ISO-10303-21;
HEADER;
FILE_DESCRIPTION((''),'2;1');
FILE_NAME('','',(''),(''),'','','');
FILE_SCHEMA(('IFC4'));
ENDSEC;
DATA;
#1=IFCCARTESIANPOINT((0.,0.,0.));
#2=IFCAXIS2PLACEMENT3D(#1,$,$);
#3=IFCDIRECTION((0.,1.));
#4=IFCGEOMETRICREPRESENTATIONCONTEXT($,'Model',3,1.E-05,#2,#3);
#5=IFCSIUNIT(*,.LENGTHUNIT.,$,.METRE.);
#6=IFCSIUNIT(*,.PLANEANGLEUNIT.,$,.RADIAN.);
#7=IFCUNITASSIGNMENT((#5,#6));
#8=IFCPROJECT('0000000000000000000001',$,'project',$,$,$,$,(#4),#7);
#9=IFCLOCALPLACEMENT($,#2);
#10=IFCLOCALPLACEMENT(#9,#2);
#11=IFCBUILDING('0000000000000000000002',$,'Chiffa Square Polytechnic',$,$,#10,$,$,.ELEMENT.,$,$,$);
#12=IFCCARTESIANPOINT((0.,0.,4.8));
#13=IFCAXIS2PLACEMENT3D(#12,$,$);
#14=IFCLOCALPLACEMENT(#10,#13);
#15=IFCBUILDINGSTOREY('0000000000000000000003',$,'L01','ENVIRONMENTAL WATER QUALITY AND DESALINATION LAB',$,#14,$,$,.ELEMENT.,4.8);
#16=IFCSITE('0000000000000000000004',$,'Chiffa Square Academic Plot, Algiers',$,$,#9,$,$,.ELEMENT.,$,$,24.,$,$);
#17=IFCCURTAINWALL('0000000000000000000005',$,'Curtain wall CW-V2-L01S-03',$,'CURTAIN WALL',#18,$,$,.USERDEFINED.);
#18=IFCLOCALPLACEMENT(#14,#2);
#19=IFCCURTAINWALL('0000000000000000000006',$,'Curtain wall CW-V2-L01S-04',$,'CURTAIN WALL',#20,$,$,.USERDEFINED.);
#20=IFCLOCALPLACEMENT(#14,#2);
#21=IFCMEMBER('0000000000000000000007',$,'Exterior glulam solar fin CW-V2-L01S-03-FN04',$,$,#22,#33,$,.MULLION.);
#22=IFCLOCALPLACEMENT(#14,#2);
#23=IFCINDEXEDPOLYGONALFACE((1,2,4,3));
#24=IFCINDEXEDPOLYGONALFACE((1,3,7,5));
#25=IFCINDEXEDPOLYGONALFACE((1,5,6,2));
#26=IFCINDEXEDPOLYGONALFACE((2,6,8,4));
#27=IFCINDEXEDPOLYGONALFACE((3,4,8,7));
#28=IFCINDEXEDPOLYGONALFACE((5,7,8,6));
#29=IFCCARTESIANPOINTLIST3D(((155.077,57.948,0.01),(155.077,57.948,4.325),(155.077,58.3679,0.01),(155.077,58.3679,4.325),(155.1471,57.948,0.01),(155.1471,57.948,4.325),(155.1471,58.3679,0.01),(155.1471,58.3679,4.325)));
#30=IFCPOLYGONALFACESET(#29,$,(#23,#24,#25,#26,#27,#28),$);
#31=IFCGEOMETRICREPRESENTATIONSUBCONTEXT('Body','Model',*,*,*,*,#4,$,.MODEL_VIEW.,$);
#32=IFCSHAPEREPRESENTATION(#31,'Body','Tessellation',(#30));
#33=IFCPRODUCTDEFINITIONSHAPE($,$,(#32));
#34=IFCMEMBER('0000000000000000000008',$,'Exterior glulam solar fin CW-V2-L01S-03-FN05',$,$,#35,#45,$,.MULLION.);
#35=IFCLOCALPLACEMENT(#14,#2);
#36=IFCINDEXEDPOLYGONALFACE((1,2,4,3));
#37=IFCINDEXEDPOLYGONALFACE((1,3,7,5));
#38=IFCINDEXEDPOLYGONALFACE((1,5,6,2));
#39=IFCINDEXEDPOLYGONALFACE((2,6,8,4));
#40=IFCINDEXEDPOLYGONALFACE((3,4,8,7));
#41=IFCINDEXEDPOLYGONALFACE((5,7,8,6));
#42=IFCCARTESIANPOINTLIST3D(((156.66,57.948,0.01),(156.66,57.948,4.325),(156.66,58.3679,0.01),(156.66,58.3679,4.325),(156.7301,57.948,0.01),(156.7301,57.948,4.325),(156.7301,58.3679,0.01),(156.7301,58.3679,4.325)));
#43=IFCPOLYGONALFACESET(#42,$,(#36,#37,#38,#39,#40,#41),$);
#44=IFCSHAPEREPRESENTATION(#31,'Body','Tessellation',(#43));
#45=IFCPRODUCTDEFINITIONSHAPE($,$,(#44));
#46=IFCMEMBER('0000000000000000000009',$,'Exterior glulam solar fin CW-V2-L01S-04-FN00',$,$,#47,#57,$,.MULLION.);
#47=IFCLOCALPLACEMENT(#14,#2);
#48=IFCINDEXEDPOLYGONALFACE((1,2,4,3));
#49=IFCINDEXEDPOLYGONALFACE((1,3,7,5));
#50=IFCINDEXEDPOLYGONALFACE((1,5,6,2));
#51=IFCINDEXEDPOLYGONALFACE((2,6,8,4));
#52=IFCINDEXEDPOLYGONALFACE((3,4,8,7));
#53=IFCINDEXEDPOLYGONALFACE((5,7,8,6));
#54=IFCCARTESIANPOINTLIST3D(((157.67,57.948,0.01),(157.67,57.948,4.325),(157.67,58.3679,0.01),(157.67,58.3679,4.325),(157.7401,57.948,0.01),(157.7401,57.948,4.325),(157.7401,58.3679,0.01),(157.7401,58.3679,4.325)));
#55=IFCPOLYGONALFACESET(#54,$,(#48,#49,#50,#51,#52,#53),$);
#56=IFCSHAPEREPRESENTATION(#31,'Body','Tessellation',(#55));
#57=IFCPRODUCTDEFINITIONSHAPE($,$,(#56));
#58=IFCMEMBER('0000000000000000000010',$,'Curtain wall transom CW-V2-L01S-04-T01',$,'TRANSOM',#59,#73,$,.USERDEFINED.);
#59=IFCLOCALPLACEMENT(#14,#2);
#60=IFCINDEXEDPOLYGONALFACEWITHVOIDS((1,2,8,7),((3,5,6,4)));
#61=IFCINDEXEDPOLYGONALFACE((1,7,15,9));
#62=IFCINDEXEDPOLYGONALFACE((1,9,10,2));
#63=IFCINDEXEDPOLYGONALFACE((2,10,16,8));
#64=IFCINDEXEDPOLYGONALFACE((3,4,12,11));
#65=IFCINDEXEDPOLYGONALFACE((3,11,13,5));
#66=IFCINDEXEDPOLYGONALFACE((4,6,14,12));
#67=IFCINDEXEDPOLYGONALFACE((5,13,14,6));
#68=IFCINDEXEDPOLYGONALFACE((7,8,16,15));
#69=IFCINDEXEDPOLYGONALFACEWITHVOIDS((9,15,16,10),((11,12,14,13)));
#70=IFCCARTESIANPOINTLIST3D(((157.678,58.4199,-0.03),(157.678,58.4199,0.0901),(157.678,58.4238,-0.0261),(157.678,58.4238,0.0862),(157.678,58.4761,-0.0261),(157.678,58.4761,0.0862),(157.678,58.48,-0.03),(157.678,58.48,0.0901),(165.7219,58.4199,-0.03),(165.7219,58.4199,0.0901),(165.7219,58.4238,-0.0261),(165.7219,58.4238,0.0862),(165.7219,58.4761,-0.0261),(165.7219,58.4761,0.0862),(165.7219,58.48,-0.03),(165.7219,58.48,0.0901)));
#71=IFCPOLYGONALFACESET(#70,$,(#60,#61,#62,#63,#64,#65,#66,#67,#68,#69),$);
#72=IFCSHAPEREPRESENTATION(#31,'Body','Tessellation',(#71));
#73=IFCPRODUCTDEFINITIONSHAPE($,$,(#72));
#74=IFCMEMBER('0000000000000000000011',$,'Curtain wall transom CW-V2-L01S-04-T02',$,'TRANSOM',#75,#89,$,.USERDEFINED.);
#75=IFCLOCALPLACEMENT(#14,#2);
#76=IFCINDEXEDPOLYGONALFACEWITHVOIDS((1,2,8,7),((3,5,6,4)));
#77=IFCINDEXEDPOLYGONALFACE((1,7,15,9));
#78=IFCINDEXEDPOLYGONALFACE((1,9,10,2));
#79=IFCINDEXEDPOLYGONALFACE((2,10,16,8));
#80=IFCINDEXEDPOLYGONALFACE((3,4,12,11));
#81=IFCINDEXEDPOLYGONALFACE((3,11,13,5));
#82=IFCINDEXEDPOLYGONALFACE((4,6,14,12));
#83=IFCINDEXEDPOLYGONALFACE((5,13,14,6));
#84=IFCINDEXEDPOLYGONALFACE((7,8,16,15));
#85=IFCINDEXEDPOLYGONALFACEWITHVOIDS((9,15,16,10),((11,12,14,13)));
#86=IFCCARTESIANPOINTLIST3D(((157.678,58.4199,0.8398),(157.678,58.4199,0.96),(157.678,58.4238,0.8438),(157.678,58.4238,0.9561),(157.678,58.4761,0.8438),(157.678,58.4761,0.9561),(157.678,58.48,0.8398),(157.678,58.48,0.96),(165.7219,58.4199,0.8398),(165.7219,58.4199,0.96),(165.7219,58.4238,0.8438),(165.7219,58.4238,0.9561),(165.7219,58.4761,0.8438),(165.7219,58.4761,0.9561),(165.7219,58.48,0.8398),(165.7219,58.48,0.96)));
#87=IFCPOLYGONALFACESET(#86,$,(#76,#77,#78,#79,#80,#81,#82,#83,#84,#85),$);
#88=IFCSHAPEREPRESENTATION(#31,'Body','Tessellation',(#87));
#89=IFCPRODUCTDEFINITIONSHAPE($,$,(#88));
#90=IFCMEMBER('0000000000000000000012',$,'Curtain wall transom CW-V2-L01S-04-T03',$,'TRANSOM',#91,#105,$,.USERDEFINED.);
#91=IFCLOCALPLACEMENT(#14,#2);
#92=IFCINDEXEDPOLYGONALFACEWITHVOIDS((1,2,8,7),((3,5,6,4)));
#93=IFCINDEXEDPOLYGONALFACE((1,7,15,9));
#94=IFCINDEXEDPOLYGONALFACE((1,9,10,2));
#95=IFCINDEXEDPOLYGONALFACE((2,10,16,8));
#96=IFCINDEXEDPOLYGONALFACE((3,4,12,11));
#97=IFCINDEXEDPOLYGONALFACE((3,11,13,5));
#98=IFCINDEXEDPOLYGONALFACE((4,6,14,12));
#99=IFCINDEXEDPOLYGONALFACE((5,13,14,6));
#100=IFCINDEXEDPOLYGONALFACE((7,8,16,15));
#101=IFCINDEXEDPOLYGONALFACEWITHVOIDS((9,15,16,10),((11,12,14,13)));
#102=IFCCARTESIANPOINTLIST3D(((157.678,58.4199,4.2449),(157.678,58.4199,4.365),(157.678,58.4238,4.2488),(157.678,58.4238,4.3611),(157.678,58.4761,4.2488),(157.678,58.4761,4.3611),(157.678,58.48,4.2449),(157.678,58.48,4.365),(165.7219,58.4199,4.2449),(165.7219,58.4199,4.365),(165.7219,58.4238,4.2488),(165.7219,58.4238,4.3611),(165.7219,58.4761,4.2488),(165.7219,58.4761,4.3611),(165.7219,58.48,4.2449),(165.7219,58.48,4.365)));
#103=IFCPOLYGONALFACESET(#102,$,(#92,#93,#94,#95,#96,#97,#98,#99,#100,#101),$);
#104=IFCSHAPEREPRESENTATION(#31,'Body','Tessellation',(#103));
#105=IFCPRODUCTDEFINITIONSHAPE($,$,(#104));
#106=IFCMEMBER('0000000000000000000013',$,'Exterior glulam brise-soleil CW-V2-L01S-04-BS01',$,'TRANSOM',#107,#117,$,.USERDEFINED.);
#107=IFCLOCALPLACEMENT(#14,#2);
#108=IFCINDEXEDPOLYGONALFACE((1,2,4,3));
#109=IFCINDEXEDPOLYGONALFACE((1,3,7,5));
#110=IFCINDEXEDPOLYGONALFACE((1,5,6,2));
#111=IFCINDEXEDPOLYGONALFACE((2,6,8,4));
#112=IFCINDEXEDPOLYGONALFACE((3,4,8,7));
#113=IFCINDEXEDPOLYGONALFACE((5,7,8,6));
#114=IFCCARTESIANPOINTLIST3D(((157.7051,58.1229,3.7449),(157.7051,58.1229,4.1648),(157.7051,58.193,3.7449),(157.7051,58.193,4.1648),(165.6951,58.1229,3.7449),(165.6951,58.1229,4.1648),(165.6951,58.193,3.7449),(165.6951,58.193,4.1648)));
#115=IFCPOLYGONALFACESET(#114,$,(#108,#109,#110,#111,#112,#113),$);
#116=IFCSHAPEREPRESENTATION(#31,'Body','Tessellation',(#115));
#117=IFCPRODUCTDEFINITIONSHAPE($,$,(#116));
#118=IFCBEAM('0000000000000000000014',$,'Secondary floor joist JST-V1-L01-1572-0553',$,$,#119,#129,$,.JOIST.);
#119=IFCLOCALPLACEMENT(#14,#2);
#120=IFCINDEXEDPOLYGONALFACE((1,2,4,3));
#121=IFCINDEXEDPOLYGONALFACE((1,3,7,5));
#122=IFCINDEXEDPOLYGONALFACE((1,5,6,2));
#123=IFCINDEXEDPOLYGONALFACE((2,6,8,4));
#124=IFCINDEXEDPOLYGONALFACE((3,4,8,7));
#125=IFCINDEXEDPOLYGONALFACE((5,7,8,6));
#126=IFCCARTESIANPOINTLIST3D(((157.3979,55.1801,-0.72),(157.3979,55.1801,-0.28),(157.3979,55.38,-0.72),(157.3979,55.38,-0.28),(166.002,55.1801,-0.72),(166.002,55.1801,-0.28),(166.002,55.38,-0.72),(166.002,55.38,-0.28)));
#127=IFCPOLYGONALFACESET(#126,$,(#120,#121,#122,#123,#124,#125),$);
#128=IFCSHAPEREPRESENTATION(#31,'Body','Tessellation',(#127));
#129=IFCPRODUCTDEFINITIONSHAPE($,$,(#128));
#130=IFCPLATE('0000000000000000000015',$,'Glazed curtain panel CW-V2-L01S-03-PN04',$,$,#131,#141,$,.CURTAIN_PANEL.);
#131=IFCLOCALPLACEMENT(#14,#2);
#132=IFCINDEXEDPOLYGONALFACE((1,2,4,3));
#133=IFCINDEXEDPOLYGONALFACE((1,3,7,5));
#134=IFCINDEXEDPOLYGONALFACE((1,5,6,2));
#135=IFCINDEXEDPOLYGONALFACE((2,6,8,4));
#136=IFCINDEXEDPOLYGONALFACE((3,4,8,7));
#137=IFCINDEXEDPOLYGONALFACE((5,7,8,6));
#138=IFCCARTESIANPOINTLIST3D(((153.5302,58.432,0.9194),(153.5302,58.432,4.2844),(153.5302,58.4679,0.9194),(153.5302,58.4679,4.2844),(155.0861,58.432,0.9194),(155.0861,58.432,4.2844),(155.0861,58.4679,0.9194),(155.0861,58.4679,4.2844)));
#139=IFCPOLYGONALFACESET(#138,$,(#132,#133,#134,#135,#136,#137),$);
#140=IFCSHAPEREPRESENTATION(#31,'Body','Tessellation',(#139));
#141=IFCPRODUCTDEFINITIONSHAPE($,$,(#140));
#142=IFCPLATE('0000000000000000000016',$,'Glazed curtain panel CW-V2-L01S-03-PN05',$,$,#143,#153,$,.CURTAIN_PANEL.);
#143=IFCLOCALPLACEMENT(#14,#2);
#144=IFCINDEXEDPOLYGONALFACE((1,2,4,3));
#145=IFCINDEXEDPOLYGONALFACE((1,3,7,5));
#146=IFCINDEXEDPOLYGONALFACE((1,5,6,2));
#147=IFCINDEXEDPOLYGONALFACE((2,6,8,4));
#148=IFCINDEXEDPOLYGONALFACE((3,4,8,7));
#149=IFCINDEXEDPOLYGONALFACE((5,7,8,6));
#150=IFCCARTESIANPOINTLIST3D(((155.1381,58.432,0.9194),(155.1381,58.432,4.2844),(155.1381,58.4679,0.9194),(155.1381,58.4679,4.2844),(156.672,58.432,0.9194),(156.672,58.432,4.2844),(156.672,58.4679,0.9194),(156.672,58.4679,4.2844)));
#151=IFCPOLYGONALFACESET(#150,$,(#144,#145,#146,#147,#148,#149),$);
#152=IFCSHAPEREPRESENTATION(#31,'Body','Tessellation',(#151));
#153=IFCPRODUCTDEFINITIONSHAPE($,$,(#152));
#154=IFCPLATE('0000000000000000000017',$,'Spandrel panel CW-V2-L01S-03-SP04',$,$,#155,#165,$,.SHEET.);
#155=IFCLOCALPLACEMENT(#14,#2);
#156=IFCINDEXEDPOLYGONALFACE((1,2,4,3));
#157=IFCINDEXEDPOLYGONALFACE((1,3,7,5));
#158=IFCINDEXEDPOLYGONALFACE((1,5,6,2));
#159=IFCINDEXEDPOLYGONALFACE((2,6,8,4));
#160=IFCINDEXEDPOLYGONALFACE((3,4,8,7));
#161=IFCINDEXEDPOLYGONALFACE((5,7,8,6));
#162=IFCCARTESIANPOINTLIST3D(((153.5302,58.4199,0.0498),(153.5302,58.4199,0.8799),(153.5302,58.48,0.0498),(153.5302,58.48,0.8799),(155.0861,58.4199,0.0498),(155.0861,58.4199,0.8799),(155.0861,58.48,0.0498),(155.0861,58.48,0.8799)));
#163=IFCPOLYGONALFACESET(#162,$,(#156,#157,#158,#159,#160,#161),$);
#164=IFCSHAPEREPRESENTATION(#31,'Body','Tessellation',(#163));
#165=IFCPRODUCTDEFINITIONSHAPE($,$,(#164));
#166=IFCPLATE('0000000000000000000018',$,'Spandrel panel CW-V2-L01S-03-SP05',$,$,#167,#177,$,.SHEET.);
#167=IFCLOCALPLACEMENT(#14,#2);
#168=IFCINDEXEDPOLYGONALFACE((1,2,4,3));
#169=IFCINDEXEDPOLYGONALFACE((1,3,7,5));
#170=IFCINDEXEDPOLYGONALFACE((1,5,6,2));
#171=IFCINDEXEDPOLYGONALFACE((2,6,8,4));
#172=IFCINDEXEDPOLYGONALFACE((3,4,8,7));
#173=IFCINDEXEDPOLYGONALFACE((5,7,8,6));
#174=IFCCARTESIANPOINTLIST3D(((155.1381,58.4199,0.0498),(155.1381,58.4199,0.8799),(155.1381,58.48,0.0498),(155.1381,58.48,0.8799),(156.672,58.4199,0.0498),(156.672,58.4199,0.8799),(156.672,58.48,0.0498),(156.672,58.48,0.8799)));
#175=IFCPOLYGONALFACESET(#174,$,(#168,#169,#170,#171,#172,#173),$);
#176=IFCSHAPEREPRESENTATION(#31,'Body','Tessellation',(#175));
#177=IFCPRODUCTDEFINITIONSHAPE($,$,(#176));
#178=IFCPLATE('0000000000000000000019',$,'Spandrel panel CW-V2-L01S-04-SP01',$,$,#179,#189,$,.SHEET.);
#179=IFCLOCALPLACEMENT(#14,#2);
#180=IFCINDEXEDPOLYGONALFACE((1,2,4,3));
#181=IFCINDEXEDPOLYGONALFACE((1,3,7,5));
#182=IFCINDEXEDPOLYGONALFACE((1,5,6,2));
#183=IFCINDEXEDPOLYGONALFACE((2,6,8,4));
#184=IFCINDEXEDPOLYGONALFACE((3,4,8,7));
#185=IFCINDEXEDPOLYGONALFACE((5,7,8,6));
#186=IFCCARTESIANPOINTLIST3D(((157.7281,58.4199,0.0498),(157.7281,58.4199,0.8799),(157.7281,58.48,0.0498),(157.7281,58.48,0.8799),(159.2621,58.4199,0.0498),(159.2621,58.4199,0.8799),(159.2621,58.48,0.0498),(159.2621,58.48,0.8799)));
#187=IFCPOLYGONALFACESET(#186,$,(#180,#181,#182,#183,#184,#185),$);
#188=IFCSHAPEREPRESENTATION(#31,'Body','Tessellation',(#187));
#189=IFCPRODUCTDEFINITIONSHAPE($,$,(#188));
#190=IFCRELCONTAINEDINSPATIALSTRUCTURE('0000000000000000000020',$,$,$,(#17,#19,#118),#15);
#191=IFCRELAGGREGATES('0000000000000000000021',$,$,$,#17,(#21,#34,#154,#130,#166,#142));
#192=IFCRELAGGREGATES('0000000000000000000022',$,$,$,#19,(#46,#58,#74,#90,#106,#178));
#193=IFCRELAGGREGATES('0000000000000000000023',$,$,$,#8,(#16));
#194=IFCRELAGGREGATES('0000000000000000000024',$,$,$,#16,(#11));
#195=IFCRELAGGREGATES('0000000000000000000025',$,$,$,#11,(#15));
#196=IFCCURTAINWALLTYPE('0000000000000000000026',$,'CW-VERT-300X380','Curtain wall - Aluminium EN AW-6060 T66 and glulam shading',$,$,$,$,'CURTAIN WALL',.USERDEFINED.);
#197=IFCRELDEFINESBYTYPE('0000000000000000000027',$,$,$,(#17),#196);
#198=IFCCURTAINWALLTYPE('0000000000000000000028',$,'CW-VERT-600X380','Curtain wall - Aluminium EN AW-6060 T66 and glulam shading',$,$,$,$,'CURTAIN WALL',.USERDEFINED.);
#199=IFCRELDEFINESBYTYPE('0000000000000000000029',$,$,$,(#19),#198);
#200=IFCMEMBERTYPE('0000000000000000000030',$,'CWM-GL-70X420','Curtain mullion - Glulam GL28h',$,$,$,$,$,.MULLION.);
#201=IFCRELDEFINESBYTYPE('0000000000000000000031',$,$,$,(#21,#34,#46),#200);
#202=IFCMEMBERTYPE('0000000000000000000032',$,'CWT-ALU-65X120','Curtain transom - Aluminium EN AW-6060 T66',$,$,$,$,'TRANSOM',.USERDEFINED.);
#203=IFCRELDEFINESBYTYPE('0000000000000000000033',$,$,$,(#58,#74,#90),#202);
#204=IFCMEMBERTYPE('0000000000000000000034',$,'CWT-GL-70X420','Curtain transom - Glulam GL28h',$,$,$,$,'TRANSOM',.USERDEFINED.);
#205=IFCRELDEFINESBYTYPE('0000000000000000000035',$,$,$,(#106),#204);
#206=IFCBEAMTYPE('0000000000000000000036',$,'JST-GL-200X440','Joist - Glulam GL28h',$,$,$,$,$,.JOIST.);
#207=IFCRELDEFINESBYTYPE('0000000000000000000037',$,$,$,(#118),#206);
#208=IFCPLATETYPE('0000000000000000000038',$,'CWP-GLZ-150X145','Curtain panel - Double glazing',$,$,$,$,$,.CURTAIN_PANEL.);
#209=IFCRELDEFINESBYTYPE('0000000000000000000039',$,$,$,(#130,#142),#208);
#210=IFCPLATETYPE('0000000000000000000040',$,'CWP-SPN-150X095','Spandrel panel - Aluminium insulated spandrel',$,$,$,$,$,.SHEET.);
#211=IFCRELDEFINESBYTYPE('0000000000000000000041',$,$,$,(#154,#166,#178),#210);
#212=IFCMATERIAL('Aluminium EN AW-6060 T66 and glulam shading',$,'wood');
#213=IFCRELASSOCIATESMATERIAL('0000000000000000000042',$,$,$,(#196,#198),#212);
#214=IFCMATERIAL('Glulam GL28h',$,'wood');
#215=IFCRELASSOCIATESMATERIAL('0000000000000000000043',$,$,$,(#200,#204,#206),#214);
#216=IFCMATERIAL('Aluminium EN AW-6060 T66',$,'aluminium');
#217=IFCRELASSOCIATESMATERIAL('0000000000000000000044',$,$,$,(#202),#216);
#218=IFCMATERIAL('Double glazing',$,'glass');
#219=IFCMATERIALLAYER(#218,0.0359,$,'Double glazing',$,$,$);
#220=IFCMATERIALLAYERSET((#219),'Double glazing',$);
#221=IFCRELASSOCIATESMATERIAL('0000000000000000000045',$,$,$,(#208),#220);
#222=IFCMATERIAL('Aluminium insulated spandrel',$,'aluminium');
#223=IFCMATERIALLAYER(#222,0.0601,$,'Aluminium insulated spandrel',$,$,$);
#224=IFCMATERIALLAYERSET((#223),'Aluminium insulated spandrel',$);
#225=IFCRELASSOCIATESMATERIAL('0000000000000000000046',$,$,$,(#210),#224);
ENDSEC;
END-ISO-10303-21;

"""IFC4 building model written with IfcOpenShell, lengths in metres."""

from ifc_helpers import new_model, si_unit, direction, frame, origin, origin_2d, place, context, subcontext, project, spatial, rectangle, hollow_rectangle, extrude, material, layer, layer_set, material_profile, profile_set, type_object, element, aggregate, save


model = new_model("IFC4")

# Units and contexts
model_context = context("Model", 3, precision=1e-05, world=origin(), true_north=direction((0.0, 1.0)))
body_context = subcontext(model_context, "Body", "Model", "MODEL_VIEW")
ifc_project = project(units=[si_unit("LENGTHUNIT", "METRE"), si_unit("PLANEANGLEUNIT", "RADIAN")], contexts=[model_context])

# Site, building, storey
site_placement = place(None, origin())
site = spatial("IfcSite", under=ifc_project, at=site_placement, Name="Chiffa Square Academic Plot, Algiers", CompositionType="ELEMENT", RefElevation=24.0)
building_placement = place(site_placement, origin())
building = spatial("IfcBuilding", under=site, at=building_placement, Name="Chiffa Square Polytechnic", CompositionType="ELEMENT")
storey_placement = place(building_placement, frame((0.0, 0.0, 4.8)))
storey = spatial("IfcBuildingStorey", under=building, at=storey_placement, Name="L01", Description="ENVIRONMENTAL WATER QUALITY AND DESALINATION LAB", CompositionType="ELEMENT", Elevation=4.8)

# Curtain wall
ifc_material_1 = material(Name="Aluminium EN AW-6060 T66 and glulam shading", Category="wood")
curtain_wall_type_1 = type_object("IfcCurtainWallType", Name="CW-VERT-300X380", Description="Curtain wall - Aluminium EN AW-6060 T66 and glulam shading", ElementType="CURTAIN WALL", PredefinedType="USERDEFINED", material=ifc_material_1)
curtain_wall_1_placement = place(storey_placement, origin())
curtain_wall_1 = element("IfcCurtainWall", 1, at=curtain_wall_1_placement, inside=storey, type_object=curtain_wall_type_1, Name="Curtain wall CW-V2-L01S-03", ObjectType="CURTAIN WALL", PredefinedType="USERDEFINED")
ifc_material_2 = material(Name="Aluminium EN AW-6060 T66", Category="aluminium")

# Curtain wall
curtain_wall_type_2 = type_object("IfcCurtainWallType", Name="CW-VERT-600X380", Description="Curtain wall - Aluminium EN AW-6060 T66 and glulam shading", ElementType="CURTAIN WALL", PredefinedType="USERDEFINED", material=ifc_material_1)
curtain_wall_2_placement = place(storey_placement, origin())
curtain_wall_2 = element("IfcCurtainWall", 2, at=curtain_wall_2_placement, inside=storey, type_object=curtain_wall_type_2, Name="Curtain wall CW-V2-L01S-04", ObjectType="CURTAIN WALL", PredefinedType="USERDEFINED")

# Members
ifc_material_3 = material(Name="Glulam GL28h", Category="wood")
ifc_material_profile_1 = material_profile(ifc_material_3, rectangle(XDim=0.0701, YDim=0.4199, at=origin_2d()), Name="GL28h 70x420")
ifc_profile_set_1 = profile_set([ifc_material_profile_1], Name="Glulam GL28h")
member_type_1 = type_object("IfcMemberType", Name="CWM-GL-70X420", Description="Curtain mullion - Glulam GL28h", PredefinedType="MULLION", material=ifc_profile_set_1)
member_1_placement = place(storey_placement, frame((155.1121, 58.158, 0.01), z_axis=(0.0, 0.0, 1.0), x_axis=(1.0, 0.0, 0.0)))
member_1 = element("IfcMember", 3, at=member_1_placement, type_object=member_type_1, Name="Exterior glulam solar fin CW-V2-L01S-03-FN04", PredefinedType="MULLION", context=body_context, shape_type="SweptSolid", body=[
    extrude(rectangle(XDim=0.0701, YDim=0.4199, at=origin_2d()), origin(), (0.0, 0.0, 1.0), 4.3149),
])
member_2_placement = place(storey_placement, frame((156.6951, 58.158, 0.01), z_axis=(0.0, 0.0, 1.0), x_axis=(1.0, 0.0, 0.0)))
member_2 = element("IfcMember", 4, at=member_2_placement, type_object=member_type_1, Name="Exterior glulam solar fin CW-V2-L01S-03-FN05", PredefinedType="MULLION", context=body_context, shape_type="SweptSolid", body=[
    extrude(rectangle(XDim=0.0701, YDim=0.4199, at=origin_2d()), origin(), (0.0, 0.0, 1.0), 4.3149),
])
member_3_placement = place(storey_placement, frame((157.7051, 58.158, 0.01), z_axis=(0.0, 0.0, 1.0), x_axis=(1.0, 0.0, 0.0)))
member_3 = element("IfcMember", 5, at=member_3_placement, type_object=member_type_1, Name="Exterior glulam solar fin CW-V2-L01S-04-FN00", PredefinedType="MULLION", context=body_context, shape_type="SweptSolid", body=[
    extrude(rectangle(XDim=0.0701, YDim=0.4199, at=origin_2d()), origin(), (0.0, 0.0, 1.0), 4.3149),
])
ifc_material_profile_2 = material_profile(ifc_material_2, hollow_rectangle(XDim=0.0601, YDim=0.1201, WallThickness=0.0039, at=origin_2d()), Name="ALU 60x120x4")
ifc_profile_set_2 = profile_set([ifc_material_profile_2], Name="Aluminium EN AW-6060 T66")
member_type_2 = type_object("IfcMemberType", Name="CWT-ALU-65X120", Description="Curtain transom - Aluminium EN AW-6060 T66", ElementType="TRANSOM", PredefinedType="USERDEFINED", material=ifc_profile_set_2)
member_4_placement = place(storey_placement, frame((157.678, 58.45, 0.03), z_axis=(1.0, 0.0, 0.0), x_axis=(0.0, 1.0, 0.0)))
member_4 = element("IfcMember", 6, at=member_4_placement, type_object=member_type_2, Name="Curtain wall transom CW-V2-L01S-04-T01", ObjectType="TRANSOM", PredefinedType="USERDEFINED", context=body_context, shape_type="SweptSolid", body=[
    extrude(hollow_rectangle(XDim=0.0601, YDim=0.1201, WallThickness=0.0039, at=origin_2d()), origin(), (0.0, 0.0, 1.0), 8.0439),
])
member_5_placement = place(storey_placement, frame((157.678, 58.45, 0.8999), z_axis=(1.0, 0.0, 0.0), x_axis=(0.0, 1.0, 0.0)))
member_5 = element("IfcMember", 7, at=member_5_placement, type_object=member_type_2, Name="Curtain wall transom CW-V2-L01S-04-T02", ObjectType="TRANSOM", PredefinedType="USERDEFINED", context=body_context, shape_type="SweptSolid", body=[
    extrude(hollow_rectangle(XDim=0.0601, YDim=0.1201, WallThickness=0.0039, at=origin_2d()), origin(), (0.0, 0.0, 1.0), 8.0439),
])
member_6_placement = place(storey_placement, frame((157.678, 58.45, 4.3049), z_axis=(1.0, 0.0, 0.0), x_axis=(0.0, 1.0, 0.0)))
member_6 = element("IfcMember", 8, at=member_6_placement, type_object=member_type_2, Name="Curtain wall transom CW-V2-L01S-04-T03", ObjectType="TRANSOM", PredefinedType="USERDEFINED", context=body_context, shape_type="SweptSolid", body=[
    extrude(hollow_rectangle(XDim=0.0601, YDim=0.1201, WallThickness=0.0039, at=origin_2d()), origin(), (0.0, 0.0, 1.0), 8.0439),
])
ifc_material_profile_3 = material_profile(ifc_material_3, rectangle(XDim=0.0701, YDim=0.4199, at=origin_2d()), Name="GL28h 70x420")
ifc_profile_set_3 = profile_set([ifc_material_profile_3], Name="Glulam GL28h")
member_type_3 = type_object("IfcMemberType", Name="CWT-GL-70X420", Description="Curtain transom - Glulam GL28h", ElementType="TRANSOM", PredefinedType="USERDEFINED", material=ifc_profile_set_3)
member_7_placement = place(storey_placement, frame((157.7051, 58.158, 3.9548), z_axis=(1.0, 0.0, 0.0), x_axis=(0.0, 1.0, 0.0)))
member_7 = element("IfcMember", 9, at=member_7_placement, type_object=member_type_3, Name="Exterior glulam brise-soleil CW-V2-L01S-04-BS01", ObjectType="TRANSOM", PredefinedType="USERDEFINED", context=body_context, shape_type="SweptSolid", body=[
    extrude(rectangle(XDim=0.0701, YDim=0.4199, at=origin_2d()), origin(), (0.0, 0.0, 1.0), 7.99),
])

# Beam
ifc_material_profile_4 = material_profile(ifc_material_3, rectangle(XDim=0.2, YDim=0.4399, at=origin_2d()), Name="GL28h 200x440")
ifc_profile_set_4 = profile_set([ifc_material_profile_4], Name="Glulam GL28h")
beam_type_1 = type_object("IfcBeamType", Name="JST-GL-200X440", Description="Joist - Glulam GL28h", PredefinedType="JOIST", material=ifc_profile_set_4)
beam_1_placement = place(storey_placement, frame((157.3979, 55.28, -0.5), z_axis=(1.0, 0.0, 0.0), x_axis=(0.0, 1.0, 0.0)))
element("IfcBeam", 10, at=beam_1_placement, inside=storey, type_object=beam_type_1, Name="Secondary floor joist JST-V1-L01-1572-0553", PredefinedType="JOIST", context=body_context, shape_type="SweptSolid", body=[
    extrude(rectangle(XDim=0.2, YDim=0.4399, at=origin_2d()), origin(), (0.0, 0.0, 1.0), 8.604),
])

# Plates
ifc_material_4 = material(Name="Double glazing", Category="glass")
ifc_layer_1 = layer(ifc_material_4, 0.0359, Name="Double glazing")
ifc_layer_set_1 = layer_set([ifc_layer_1], Name="Double glazing")
plate_type_1 = type_object("IfcPlateType", Name="CWP-GLZ-150X145", Description="Curtain panel - Double glazing", PredefinedType="CURTAIN_PANEL", material=ifc_layer_set_1)
plate_1_placement = place(storey_placement, frame((154.3081, 58.45, 0.9194), z_axis=(0.0, 0.0, 1.0), x_axis=(1.0, 0.0, 0.0)))
plate_1 = element("IfcPlate", 11, at=plate_1_placement, type_object=plate_type_1, Name="Glazed curtain panel CW-V2-L01S-03-PN04", PredefinedType="CURTAIN_PANEL", context=body_context, shape_type="SweptSolid", body=[
    extrude(rectangle(XDim=1.5559, YDim=0.0359, at=origin_2d()), origin(), (0.0, 0.0, 1.0), 3.365),
])
plate_2_placement = place(storey_placement, frame((155.905, 58.45, 0.9194), z_axis=(0.0, 0.0, 1.0), x_axis=(1.0, 0.0, 0.0)))
plate_2 = element("IfcPlate", 12, at=plate_2_placement, type_object=plate_type_1, Name="Glazed curtain panel CW-V2-L01S-03-PN05", PredefinedType="CURTAIN_PANEL", context=body_context, shape_type="SweptSolid", body=[
    extrude(rectangle(XDim=1.5339, YDim=0.0359, at=origin_2d()), origin(), (0.0, 0.0, 1.0), 3.365),
])
ifc_material_5 = material(Name="Aluminium insulated spandrel", Category="aluminium")
ifc_layer_2 = layer(ifc_material_5, 0.0601, Name="Aluminium insulated spandrel")
ifc_layer_set_2 = layer_set([ifc_layer_2], Name="Aluminium insulated spandrel")
plate_type_2 = type_object("IfcPlateType", Name="CWP-SPN-150X095", Description="Spandrel panel - Aluminium insulated spandrel", PredefinedType="SHEET", material=ifc_layer_set_2)
plate_3_placement = place(storey_placement, frame((154.3081, 58.45, 0.0498), z_axis=(0.0, 0.0, 1.0), x_axis=(1.0, 0.0, 0.0)))
plate_3 = element("IfcPlate", 13, at=plate_3_placement, type_object=plate_type_2, Name="Spandrel panel CW-V2-L01S-03-SP04", PredefinedType="SHEET", context=body_context, shape_type="SweptSolid", body=[
    extrude(rectangle(XDim=1.5559, YDim=0.0601, at=origin_2d()), origin(), (0.0, 0.0, 1.0), 0.8301),
])
plate_4_placement = place(storey_placement, frame((155.905, 58.45, 0.0498), z_axis=(0.0, 0.0, 1.0), x_axis=(1.0, 0.0, 0.0)))
plate_4 = element("IfcPlate", 14, at=plate_4_placement, type_object=plate_type_2, Name="Spandrel panel CW-V2-L01S-03-SP05", PredefinedType="SHEET", context=body_context, shape_type="SweptSolid", body=[
    extrude(rectangle(XDim=1.5339, YDim=0.0601, at=origin_2d()), origin(), (0.0, 0.0, 1.0), 0.8301),
])
aggregate(curtain_wall_1, [member_1, member_2, plate_3, plate_1, plate_4, plate_2])
plate_5_placement = place(storey_placement, frame((158.4951, 58.45, 0.0498), z_axis=(0.0, 0.0, 1.0), x_axis=(1.0, 0.0, 0.0)))
plate_5 = element("IfcPlate", 15, at=plate_5_placement, type_object=plate_type_2, Name="Spandrel panel CW-V2-L01S-04-SP01", PredefinedType="SHEET", context=body_context, shape_type="SweptSolid", body=[
    extrude(rectangle(XDim=1.5339, YDim=0.0601, at=origin_2d()), origin(), (0.0, 0.0, 1.0), 0.8301),
])
aggregate(curtain_wall_2, [member_3, member_4, member_5, member_6, member_7, plate_5])

save(model, "model.ifc")
